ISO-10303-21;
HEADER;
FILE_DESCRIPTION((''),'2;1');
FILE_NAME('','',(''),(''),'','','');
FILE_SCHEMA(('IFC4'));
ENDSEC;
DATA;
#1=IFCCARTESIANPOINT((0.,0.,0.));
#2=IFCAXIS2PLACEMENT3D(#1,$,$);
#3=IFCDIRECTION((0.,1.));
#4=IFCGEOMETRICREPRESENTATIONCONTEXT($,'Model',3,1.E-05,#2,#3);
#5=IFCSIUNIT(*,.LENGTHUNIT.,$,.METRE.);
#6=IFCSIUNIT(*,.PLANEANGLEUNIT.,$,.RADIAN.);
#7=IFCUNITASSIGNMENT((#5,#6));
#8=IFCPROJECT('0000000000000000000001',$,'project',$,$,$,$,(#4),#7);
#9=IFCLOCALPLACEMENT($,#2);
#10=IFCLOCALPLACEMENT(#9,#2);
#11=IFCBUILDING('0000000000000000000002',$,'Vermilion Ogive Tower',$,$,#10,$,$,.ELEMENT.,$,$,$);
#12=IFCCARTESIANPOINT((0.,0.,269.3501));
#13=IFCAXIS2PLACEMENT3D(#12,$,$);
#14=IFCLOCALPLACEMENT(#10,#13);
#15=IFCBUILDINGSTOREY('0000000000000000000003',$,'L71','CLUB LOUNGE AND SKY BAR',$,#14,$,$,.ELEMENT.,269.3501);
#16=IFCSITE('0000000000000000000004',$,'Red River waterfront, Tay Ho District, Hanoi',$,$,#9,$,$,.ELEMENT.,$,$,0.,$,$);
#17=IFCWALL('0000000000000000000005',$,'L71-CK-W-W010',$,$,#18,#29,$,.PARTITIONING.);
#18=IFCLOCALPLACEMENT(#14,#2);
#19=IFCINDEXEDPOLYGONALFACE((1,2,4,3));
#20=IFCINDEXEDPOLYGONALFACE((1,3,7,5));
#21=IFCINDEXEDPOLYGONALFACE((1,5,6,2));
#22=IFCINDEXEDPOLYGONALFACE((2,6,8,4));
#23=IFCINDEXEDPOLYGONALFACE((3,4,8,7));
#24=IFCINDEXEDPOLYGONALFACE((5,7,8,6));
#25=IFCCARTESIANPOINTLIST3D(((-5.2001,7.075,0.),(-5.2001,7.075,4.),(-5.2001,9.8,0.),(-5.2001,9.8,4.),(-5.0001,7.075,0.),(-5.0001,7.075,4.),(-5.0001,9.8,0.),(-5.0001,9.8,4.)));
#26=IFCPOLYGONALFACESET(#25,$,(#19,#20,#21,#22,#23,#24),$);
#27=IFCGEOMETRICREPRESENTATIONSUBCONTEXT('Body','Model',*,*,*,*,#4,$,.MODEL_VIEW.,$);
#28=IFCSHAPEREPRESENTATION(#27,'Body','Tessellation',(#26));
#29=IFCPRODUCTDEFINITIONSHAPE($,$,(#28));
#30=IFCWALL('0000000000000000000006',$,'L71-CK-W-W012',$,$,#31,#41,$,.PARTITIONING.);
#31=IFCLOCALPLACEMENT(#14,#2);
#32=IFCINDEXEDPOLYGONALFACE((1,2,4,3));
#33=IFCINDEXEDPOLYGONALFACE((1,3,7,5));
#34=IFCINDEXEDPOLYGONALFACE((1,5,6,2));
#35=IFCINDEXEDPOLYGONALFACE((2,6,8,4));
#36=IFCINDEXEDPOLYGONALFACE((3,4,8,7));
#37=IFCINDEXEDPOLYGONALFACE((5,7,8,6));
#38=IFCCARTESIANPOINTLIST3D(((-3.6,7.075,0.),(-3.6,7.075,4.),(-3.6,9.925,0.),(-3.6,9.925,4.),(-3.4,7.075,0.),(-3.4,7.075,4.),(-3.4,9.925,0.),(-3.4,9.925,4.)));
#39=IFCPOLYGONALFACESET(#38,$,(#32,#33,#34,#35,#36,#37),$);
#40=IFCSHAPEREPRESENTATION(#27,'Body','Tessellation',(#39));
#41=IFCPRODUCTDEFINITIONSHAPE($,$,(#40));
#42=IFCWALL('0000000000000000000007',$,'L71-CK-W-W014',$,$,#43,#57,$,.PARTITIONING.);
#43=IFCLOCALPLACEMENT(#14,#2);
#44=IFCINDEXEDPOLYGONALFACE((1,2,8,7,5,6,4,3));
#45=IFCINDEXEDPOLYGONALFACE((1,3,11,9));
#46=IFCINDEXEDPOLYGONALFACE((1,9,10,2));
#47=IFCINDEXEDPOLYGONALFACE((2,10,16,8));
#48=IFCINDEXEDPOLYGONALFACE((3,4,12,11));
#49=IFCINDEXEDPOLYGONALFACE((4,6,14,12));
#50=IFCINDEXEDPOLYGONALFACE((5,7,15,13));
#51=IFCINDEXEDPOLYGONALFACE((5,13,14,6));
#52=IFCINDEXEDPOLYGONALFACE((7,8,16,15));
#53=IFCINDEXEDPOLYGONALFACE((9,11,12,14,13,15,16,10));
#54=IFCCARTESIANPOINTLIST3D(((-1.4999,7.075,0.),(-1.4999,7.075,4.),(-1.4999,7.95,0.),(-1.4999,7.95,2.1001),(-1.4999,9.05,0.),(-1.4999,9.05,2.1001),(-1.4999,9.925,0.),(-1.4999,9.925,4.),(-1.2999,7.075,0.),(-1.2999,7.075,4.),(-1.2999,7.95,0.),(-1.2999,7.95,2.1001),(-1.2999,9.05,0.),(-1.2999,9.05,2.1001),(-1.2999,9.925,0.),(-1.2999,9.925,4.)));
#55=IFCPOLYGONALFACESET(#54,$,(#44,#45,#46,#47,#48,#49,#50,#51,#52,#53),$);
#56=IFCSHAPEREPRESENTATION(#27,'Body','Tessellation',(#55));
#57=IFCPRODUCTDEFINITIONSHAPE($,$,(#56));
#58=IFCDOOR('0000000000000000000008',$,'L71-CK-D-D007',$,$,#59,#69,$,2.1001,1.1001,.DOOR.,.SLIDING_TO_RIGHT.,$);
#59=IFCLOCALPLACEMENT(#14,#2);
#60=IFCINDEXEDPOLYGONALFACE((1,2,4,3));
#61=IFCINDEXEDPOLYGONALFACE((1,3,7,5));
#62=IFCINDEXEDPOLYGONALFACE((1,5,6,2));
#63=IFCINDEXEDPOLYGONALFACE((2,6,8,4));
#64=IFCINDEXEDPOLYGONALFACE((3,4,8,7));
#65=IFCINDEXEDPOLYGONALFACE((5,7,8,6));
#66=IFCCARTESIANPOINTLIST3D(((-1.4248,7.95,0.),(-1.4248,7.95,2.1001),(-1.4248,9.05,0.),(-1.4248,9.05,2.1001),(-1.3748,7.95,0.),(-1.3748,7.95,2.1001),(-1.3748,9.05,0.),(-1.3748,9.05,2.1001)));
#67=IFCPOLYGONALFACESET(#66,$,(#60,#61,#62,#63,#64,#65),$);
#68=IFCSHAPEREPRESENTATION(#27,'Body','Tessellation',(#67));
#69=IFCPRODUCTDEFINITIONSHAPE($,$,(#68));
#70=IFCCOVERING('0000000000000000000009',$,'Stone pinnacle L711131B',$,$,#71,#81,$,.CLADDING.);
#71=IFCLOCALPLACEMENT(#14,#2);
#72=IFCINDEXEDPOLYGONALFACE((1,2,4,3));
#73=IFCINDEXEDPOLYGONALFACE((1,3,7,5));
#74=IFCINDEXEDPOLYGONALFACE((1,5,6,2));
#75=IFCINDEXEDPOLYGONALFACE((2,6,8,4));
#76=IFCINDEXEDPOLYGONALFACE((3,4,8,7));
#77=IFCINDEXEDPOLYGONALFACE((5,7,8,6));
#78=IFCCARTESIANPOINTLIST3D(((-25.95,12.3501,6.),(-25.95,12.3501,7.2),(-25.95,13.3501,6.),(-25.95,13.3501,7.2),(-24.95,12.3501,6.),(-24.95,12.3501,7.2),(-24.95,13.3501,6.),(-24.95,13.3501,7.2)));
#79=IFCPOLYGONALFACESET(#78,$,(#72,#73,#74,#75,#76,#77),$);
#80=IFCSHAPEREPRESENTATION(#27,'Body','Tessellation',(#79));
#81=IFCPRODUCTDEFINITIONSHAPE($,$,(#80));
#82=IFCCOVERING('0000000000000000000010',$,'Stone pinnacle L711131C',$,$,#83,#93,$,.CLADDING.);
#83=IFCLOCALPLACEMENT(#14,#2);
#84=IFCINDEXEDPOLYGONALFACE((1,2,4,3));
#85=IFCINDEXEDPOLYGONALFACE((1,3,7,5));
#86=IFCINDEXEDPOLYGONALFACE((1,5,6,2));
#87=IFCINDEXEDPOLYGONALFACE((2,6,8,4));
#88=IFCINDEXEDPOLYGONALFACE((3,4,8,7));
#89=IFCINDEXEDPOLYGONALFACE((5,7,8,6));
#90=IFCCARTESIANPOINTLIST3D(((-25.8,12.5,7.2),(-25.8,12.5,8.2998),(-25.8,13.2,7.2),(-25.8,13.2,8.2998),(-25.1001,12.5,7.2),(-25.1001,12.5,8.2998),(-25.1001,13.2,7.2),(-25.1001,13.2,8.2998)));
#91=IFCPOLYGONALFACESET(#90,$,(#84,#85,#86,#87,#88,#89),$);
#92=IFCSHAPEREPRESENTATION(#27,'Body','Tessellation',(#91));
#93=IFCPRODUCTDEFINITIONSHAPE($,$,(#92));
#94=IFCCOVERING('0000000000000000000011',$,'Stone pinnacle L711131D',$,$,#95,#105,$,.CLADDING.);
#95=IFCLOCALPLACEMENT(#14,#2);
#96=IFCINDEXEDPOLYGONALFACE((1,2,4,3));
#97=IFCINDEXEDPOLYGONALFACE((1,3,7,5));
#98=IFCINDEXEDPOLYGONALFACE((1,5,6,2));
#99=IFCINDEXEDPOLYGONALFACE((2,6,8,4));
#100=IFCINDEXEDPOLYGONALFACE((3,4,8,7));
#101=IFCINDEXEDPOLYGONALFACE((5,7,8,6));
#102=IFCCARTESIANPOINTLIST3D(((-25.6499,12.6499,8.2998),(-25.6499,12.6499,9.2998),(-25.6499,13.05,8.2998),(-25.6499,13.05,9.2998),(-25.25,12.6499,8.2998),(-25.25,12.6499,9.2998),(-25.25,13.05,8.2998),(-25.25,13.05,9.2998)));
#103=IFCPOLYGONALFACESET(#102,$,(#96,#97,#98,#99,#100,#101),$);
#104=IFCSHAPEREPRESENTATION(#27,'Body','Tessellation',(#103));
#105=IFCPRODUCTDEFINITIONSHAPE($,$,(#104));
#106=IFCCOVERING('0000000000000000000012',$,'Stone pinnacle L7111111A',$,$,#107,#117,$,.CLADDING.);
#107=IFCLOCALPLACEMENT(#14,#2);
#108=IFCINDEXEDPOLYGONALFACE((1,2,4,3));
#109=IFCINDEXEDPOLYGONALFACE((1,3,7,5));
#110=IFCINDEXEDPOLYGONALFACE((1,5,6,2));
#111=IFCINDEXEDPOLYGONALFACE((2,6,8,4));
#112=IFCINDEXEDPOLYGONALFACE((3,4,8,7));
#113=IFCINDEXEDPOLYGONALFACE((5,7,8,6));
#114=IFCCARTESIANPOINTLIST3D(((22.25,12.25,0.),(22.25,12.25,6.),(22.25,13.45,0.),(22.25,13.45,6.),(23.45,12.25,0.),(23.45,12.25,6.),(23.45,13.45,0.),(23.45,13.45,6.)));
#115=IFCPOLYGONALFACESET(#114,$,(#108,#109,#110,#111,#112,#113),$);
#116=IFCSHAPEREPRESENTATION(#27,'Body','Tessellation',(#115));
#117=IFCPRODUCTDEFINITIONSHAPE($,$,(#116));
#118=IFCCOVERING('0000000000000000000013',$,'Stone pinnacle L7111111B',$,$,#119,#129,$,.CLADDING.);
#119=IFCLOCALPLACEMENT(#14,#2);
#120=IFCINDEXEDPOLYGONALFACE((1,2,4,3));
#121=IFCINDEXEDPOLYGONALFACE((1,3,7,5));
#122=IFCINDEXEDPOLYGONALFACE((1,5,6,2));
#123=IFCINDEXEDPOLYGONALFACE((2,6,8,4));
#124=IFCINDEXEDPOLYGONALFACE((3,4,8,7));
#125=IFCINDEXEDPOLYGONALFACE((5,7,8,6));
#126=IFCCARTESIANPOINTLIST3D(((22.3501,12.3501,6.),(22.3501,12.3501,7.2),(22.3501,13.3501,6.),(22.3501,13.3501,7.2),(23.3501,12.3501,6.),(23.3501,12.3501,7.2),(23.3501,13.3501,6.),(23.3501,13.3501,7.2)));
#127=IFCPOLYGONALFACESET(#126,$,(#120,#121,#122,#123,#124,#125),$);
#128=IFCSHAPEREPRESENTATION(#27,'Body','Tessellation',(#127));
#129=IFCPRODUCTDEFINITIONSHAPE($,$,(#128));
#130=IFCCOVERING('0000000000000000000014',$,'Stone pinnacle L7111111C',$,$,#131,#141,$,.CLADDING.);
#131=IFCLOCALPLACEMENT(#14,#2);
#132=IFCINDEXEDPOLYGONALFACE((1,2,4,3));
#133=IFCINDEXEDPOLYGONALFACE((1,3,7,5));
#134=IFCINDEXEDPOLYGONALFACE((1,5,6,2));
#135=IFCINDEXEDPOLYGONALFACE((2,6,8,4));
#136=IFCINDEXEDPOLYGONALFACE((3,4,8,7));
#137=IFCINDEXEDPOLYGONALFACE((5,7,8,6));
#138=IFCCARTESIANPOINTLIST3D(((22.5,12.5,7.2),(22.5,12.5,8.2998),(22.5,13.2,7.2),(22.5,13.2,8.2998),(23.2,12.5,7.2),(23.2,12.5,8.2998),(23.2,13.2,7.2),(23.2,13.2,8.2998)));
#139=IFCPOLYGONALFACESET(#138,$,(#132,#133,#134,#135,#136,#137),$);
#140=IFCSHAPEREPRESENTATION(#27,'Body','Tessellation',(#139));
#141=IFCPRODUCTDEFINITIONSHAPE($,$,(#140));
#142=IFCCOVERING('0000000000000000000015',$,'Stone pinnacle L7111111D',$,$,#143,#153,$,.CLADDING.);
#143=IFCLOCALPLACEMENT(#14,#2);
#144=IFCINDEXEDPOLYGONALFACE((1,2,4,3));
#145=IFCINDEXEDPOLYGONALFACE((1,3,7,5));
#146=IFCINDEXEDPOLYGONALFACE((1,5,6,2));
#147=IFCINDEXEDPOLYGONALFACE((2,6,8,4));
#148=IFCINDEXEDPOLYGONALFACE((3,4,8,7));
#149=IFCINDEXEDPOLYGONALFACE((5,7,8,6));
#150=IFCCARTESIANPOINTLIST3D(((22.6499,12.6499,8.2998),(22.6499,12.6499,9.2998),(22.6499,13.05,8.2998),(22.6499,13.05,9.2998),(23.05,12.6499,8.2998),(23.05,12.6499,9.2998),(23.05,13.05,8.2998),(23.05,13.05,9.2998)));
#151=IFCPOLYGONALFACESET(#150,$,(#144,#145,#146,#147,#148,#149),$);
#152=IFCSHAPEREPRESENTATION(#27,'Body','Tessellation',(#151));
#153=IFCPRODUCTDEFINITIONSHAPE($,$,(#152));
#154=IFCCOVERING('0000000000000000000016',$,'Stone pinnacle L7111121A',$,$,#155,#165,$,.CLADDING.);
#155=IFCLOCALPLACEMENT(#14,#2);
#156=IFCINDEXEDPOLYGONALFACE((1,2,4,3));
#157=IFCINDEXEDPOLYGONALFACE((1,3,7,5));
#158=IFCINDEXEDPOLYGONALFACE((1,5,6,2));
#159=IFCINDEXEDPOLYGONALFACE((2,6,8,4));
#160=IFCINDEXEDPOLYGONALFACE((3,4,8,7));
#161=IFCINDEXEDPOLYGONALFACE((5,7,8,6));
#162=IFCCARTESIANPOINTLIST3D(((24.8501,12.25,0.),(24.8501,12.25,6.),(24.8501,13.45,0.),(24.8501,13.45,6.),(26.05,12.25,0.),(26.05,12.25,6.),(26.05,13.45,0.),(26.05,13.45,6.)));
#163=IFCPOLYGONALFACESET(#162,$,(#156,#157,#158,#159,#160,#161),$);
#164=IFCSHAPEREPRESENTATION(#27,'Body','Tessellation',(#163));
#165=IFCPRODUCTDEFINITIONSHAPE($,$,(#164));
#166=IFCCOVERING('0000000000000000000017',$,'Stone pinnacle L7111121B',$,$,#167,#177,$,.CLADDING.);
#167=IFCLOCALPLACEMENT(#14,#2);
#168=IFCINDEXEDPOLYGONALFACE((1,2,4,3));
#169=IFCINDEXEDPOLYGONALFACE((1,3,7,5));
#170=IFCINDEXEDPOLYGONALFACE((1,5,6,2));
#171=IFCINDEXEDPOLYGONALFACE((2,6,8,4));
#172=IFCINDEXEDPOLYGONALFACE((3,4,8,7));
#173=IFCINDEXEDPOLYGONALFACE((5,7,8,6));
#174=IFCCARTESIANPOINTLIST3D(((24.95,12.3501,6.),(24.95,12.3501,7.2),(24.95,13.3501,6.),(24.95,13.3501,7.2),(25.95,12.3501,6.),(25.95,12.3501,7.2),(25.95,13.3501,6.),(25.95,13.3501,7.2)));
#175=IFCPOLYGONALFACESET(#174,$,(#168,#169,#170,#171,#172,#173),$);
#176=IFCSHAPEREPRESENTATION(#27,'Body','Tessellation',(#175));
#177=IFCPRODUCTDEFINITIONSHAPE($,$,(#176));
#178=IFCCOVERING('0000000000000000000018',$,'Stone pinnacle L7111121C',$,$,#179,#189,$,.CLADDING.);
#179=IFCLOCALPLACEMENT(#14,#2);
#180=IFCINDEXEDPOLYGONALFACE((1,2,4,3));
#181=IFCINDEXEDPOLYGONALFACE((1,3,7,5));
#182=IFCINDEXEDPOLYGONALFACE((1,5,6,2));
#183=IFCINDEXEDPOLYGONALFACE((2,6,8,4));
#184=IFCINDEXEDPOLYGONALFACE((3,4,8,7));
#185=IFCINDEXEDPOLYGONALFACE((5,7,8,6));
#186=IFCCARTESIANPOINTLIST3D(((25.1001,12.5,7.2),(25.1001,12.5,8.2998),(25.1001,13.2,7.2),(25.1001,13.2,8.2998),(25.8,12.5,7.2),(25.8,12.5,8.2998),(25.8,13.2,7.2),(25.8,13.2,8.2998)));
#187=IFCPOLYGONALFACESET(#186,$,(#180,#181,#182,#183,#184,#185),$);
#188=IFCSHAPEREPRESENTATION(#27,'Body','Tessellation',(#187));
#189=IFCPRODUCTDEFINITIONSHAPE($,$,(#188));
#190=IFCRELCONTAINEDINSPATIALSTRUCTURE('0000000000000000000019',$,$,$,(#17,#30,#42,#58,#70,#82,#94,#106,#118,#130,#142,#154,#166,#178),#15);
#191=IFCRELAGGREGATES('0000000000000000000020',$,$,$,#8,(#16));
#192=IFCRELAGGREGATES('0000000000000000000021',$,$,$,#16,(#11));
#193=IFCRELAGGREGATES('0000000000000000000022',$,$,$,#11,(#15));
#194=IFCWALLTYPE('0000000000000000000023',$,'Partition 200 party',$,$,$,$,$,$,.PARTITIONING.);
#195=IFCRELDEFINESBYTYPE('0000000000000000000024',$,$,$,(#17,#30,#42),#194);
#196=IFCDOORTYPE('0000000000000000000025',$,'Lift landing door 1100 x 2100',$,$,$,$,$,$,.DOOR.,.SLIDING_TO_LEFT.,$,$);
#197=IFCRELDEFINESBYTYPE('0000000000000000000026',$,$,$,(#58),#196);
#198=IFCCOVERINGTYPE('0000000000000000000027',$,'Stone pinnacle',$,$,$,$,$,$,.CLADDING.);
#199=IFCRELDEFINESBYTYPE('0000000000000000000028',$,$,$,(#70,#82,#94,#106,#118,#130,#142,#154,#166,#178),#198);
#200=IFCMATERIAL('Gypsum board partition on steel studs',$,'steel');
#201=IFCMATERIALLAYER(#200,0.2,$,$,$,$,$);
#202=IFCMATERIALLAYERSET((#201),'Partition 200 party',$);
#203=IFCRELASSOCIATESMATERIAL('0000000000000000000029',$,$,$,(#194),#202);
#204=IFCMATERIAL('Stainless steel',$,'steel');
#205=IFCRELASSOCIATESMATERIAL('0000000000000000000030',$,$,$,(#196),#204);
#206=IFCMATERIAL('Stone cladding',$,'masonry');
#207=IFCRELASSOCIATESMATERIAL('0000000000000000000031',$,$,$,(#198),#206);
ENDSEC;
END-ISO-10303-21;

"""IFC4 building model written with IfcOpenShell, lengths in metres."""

from ifc_helpers import new_model, si_unit, direction, frame, frame_2d, origin, place, context, subcontext, project, spatial, polyline, rectangle, outline, extrude, material, layer, layer_set, type_object, element, fill, save


model = new_model("IFC4")

# Units and contexts
model_context = context("Model", 3, precision=1e-05, world=origin(), true_north=direction((0.0, 1.0)))
body_context = subcontext(model_context, "Body", "Model", "MODEL_VIEW")
ifc_project = project(units=[si_unit("LENGTHUNIT", "METRE"), si_unit("PLANEANGLEUNIT", "RADIAN")], contexts=[model_context])

# Site, building, storey
site_placement = place(None, origin())
site = spatial("IfcSite", under=ifc_project, at=site_placement, Name="Red River waterfront, Tay Ho District, Hanoi", CompositionType="ELEMENT", RefElevation=0.0)
building_placement = place(site_placement, origin())
building = spatial("IfcBuilding", under=site, at=building_placement, Name="Vermilion Ogive Tower", CompositionType="ELEMENT")
storey_placement = place(building_placement, frame((0.0, 0.0, 269.3501)))
storey = spatial("IfcBuildingStorey", under=building, at=storey_placement, Name="L71", Description="CLUB LOUNGE AND SKY BAR", CompositionType="ELEMENT", Elevation=269.3501)

# Walls
ifc_material_1 = material(Name="Gypsum board partition on steel studs", Category="steel")
ifc_layer = layer(ifc_material_1, 0.2)
ifc_layer_set = layer_set([ifc_layer], Name="Partition 200 party")
wall_type = type_object("IfcWallType", Name="Partition 200 party", PredefinedType="PARTITIONING", material=ifc_layer_set)
wall_1_placement = place(storey_placement, frame((-5.1001, 7.075, 0.0), z_axis=(0.0, 0.0, 1.0), x_axis=(0.0, 1.0, 0.0)))
element("IfcWall", 1, at=wall_1_placement, inside=storey, type_object=wall_type, Name="L71-CK-W-W010", PredefinedType="PARTITIONING", context=body_context, shape_type="SweptSolid", body=[
    extrude(rectangle(XDim=2.7251, YDim=0.2, at=frame_2d((1.3625, 0.0))), origin(), (0.0, 0.0, 1.0), 4.0),
])
wall_2_placement = place(storey_placement, frame((-3.5, 7.075, 0.0), z_axis=(0.0, 0.0, 1.0), x_axis=(0.0, 1.0, 0.0)))
element("IfcWall", 2, at=wall_2_placement, inside=storey, type_object=wall_type, Name="L71-CK-W-W012", PredefinedType="PARTITIONING", context=body_context, shape_type="SweptSolid", body=[
    extrude(rectangle(XDim=2.8501, YDim=0.2, at=frame_2d((1.425, 0.0))), origin(), (0.0, 0.0, 1.0), 4.0),
])

# Wall, opening, door
wall_3_placement = place(storey_placement, frame((-1.3999, 7.075, 0.0), z_axis=(0.0, 0.0, 1.0), x_axis=(0.0, 1.0, 0.0)))
wall_3 = element("IfcWall", 3, at=wall_3_placement, inside=storey, type_object=wall_type, Name="L71-CK-W-W014", PredefinedType="PARTITIONING", context=body_context, shape_type="SweptSolid", body=[
    extrude(rectangle(XDim=2.8501, YDim=0.2, at=frame_2d((1.425, 0.0))), origin(), (0.0, 0.0, 1.0), 4.0),
])
opening_placement = place(wall_3_placement, frame((0.875, 0.0, 0.0)))
opening = element("IfcOpeningElement", 4, at=opening_placement, cuts=wall_3, PredefinedType="OPENING", context=body_context, shape_type="SweptSolid", body=[
    extrude(rectangle(XDim=1.1001, YDim=2.1001, at=frame_2d((0.55, 1.05))), frame((0.0, 0.1099, 0.0), z_axis=(0.0, -1.0, 0.0), x_axis=(1.0, 0.0, 0.0)), (0.0, 0.0, 1.0), 0.22),
])
ifc_material_2 = material(Name="Stainless steel", Category="steel")
door_type = type_object("IfcDoorType", Name="Lift landing door 1100 x 2100", OperationType="SLIDING_TO_LEFT", PredefinedType="DOOR", material=ifc_material_2)
door_placement = place(opening_placement, origin())
door = element("IfcDoor", 5, at=door_placement, inside=storey, type_object=door_type, Name="L71-CK-D-D007", OperationType="SLIDING_TO_RIGHT", OverallHeight=2.1001, OverallWidth=1.1001, PredefinedType="DOOR", context=body_context, shape_type="SweptSolid", body=[
    extrude(rectangle(XDim=1.1001, YDim=2.1001, at=frame_2d((0.55, 1.05))), frame((0.0, 0.0249, 0.0), z_axis=(0.0, -1.0, 0.0), x_axis=(1.0, 0.0, 0.0)), (0.0, 0.0, 1.0), 0.05),
])
fill(opening, door)

# Coverings
ifc_material_3 = material(Name="Stone cladding", Category="masonry")
covering_type = type_object("IfcCoveringType", Name="Stone pinnacle", PredefinedType="CLADDING", material=ifc_material_3)
covering_1_placement = place(storey_placement, frame((0.0, 0.0, 6.0)))
element("IfcCovering", 6, at=covering_1_placement, inside=storey, type_object=covering_type, Name="Stone pinnacle L711131B", PredefinedType="CLADDING", context=body_context, shape_type="SweptSolid", body=[
    extrude(outline(polyline([(-25.95, 12.3501), (-24.95, 12.3501), (-24.95, 13.3501), (-25.95, 13.3501), (-25.95, 12.3501)])), origin(), (0.0, 0.0, 1.0), 1.2),
])
covering_2_placement = place(storey_placement, frame((0.0, 0.0, 7.2)))
element("IfcCovering", 7, at=covering_2_placement, inside=storey, type_object=covering_type, Name="Stone pinnacle L711131C", PredefinedType="CLADDING", context=body_context, shape_type="SweptSolid", body=[
    extrude(outline(polyline([(-25.8, 12.5), (-25.1001, 12.5), (-25.1001, 13.2), (-25.8, 13.2), (-25.8, 12.5)])), origin(), (0.0, 0.0, 1.0), 1.0999),
])
covering_3_placement = place(storey_placement, frame((0.0, 0.0, 8.2998)))
element("IfcCovering", 8, at=covering_3_placement, inside=storey, type_object=covering_type, Name="Stone pinnacle L711131D", PredefinedType="CLADDING", context=body_context, shape_type="SweptSolid", body=[
    extrude(outline(polyline([(-25.6499, 12.6499), (-25.25, 12.6499), (-25.25, 13.05), (-25.6499, 13.05), (-25.6499, 12.6499)])), origin(), (0.0, 0.0, 1.0), 1.0),
])
covering_4_placement = place(storey_placement, origin())
element("IfcCovering", 9, at=covering_4_placement, inside=storey, type_object=covering_type, Name="Stone pinnacle L7111111A", PredefinedType="CLADDING", context=body_context, shape_type="SweptSolid", body=[
    extrude(outline(polyline([(22.25, 12.25), (23.45, 12.25), (23.45, 13.45), (22.25, 13.45), (22.25, 12.25)])), origin(), (0.0, 0.0, 1.0), 6.0),
])
covering_5_placement = place(storey_placement, frame((0.0, 0.0, 6.0)))
element("IfcCovering", 10, at=covering_5_placement, inside=storey, type_object=covering_type, Name="Stone pinnacle L7111111B", PredefinedType="CLADDING", context=body_context, shape_type="SweptSolid", body=[
    extrude(outline(polyline([(22.3501, 12.3501), (23.3501, 12.3501), (23.3501, 13.3501), (22.3501, 13.3501), (22.3501, 12.3501)])), origin(), (0.0, 0.0, 1.0), 1.2),
])
covering_6_placement = place(storey_placement, frame((0.0, 0.0, 7.2)))
element("IfcCovering", 11, at=covering_6_placement, inside=storey, type_object=covering_type, Name="Stone pinnacle L7111111C", PredefinedType="CLADDING", context=body_context, shape_type="SweptSolid", body=[
    extrude(outline(polyline([(22.5, 12.5), (23.2, 12.5), (23.2, 13.2), (22.5, 13.2), (22.5, 12.5)])), origin(), (0.0, 0.0, 1.0), 1.0999),
])
covering_7_placement = place(storey_placement, frame((0.0, 0.0, 8.2998)))
element("IfcCovering", 12, at=covering_7_placement, inside=storey, type_object=covering_type, Name="Stone pinnacle L7111111D", PredefinedType="CLADDING", context=body_context, shape_type="SweptSolid", body=[
    extrude(outline(polyline([(22.6499, 12.6499), (23.05, 12.6499), (23.05, 13.05), (22.6499, 13.05), (22.6499, 12.6499)])), origin(), (0.0, 0.0, 1.0), 1.0),
])
covering_8_placement = place(storey_placement, origin())
element("IfcCovering", 13, at=covering_8_placement, inside=storey, type_object=covering_type, Name="Stone pinnacle L7111121A", PredefinedType="CLADDING", context=body_context, shape_type="SweptSolid", body=[
    extrude(outline(polyline([(24.8501, 12.25), (26.05, 12.25), (26.05, 13.45), (24.8501, 13.45), (24.8501, 12.25)])), origin(), (0.0, 0.0, 1.0), 6.0),
])
covering_9_placement = place(storey_placement, frame((0.0, 0.0, 6.0)))
element("IfcCovering", 14, at=covering_9_placement, inside=storey, type_object=covering_type, Name="Stone pinnacle L7111121B", PredefinedType="CLADDING", context=body_context, shape_type="SweptSolid", body=[
    extrude(outline(polyline([(24.95, 12.3501), (25.95, 12.3501), (25.95, 13.3501), (24.95, 13.3501), (24.95, 12.3501)])), origin(), (0.0, 0.0, 1.0), 1.2),
])
covering_10_placement = place(storey_placement, frame((0.0, 0.0, 7.2)))
element("IfcCovering", 15, at=covering_10_placement, inside=storey, type_object=covering_type, Name="Stone pinnacle L7111121C", PredefinedType="CLADDING", context=body_context, shape_type="SweptSolid", body=[
    extrude(outline(polyline([(25.1001, 12.5), (25.8, 12.5), (25.8, 13.2), (25.1001, 13.2), (25.1001, 12.5)])), origin(), (0.0, 0.0, 1.0), 1.0999),
])

save(model, "model.ifc")
